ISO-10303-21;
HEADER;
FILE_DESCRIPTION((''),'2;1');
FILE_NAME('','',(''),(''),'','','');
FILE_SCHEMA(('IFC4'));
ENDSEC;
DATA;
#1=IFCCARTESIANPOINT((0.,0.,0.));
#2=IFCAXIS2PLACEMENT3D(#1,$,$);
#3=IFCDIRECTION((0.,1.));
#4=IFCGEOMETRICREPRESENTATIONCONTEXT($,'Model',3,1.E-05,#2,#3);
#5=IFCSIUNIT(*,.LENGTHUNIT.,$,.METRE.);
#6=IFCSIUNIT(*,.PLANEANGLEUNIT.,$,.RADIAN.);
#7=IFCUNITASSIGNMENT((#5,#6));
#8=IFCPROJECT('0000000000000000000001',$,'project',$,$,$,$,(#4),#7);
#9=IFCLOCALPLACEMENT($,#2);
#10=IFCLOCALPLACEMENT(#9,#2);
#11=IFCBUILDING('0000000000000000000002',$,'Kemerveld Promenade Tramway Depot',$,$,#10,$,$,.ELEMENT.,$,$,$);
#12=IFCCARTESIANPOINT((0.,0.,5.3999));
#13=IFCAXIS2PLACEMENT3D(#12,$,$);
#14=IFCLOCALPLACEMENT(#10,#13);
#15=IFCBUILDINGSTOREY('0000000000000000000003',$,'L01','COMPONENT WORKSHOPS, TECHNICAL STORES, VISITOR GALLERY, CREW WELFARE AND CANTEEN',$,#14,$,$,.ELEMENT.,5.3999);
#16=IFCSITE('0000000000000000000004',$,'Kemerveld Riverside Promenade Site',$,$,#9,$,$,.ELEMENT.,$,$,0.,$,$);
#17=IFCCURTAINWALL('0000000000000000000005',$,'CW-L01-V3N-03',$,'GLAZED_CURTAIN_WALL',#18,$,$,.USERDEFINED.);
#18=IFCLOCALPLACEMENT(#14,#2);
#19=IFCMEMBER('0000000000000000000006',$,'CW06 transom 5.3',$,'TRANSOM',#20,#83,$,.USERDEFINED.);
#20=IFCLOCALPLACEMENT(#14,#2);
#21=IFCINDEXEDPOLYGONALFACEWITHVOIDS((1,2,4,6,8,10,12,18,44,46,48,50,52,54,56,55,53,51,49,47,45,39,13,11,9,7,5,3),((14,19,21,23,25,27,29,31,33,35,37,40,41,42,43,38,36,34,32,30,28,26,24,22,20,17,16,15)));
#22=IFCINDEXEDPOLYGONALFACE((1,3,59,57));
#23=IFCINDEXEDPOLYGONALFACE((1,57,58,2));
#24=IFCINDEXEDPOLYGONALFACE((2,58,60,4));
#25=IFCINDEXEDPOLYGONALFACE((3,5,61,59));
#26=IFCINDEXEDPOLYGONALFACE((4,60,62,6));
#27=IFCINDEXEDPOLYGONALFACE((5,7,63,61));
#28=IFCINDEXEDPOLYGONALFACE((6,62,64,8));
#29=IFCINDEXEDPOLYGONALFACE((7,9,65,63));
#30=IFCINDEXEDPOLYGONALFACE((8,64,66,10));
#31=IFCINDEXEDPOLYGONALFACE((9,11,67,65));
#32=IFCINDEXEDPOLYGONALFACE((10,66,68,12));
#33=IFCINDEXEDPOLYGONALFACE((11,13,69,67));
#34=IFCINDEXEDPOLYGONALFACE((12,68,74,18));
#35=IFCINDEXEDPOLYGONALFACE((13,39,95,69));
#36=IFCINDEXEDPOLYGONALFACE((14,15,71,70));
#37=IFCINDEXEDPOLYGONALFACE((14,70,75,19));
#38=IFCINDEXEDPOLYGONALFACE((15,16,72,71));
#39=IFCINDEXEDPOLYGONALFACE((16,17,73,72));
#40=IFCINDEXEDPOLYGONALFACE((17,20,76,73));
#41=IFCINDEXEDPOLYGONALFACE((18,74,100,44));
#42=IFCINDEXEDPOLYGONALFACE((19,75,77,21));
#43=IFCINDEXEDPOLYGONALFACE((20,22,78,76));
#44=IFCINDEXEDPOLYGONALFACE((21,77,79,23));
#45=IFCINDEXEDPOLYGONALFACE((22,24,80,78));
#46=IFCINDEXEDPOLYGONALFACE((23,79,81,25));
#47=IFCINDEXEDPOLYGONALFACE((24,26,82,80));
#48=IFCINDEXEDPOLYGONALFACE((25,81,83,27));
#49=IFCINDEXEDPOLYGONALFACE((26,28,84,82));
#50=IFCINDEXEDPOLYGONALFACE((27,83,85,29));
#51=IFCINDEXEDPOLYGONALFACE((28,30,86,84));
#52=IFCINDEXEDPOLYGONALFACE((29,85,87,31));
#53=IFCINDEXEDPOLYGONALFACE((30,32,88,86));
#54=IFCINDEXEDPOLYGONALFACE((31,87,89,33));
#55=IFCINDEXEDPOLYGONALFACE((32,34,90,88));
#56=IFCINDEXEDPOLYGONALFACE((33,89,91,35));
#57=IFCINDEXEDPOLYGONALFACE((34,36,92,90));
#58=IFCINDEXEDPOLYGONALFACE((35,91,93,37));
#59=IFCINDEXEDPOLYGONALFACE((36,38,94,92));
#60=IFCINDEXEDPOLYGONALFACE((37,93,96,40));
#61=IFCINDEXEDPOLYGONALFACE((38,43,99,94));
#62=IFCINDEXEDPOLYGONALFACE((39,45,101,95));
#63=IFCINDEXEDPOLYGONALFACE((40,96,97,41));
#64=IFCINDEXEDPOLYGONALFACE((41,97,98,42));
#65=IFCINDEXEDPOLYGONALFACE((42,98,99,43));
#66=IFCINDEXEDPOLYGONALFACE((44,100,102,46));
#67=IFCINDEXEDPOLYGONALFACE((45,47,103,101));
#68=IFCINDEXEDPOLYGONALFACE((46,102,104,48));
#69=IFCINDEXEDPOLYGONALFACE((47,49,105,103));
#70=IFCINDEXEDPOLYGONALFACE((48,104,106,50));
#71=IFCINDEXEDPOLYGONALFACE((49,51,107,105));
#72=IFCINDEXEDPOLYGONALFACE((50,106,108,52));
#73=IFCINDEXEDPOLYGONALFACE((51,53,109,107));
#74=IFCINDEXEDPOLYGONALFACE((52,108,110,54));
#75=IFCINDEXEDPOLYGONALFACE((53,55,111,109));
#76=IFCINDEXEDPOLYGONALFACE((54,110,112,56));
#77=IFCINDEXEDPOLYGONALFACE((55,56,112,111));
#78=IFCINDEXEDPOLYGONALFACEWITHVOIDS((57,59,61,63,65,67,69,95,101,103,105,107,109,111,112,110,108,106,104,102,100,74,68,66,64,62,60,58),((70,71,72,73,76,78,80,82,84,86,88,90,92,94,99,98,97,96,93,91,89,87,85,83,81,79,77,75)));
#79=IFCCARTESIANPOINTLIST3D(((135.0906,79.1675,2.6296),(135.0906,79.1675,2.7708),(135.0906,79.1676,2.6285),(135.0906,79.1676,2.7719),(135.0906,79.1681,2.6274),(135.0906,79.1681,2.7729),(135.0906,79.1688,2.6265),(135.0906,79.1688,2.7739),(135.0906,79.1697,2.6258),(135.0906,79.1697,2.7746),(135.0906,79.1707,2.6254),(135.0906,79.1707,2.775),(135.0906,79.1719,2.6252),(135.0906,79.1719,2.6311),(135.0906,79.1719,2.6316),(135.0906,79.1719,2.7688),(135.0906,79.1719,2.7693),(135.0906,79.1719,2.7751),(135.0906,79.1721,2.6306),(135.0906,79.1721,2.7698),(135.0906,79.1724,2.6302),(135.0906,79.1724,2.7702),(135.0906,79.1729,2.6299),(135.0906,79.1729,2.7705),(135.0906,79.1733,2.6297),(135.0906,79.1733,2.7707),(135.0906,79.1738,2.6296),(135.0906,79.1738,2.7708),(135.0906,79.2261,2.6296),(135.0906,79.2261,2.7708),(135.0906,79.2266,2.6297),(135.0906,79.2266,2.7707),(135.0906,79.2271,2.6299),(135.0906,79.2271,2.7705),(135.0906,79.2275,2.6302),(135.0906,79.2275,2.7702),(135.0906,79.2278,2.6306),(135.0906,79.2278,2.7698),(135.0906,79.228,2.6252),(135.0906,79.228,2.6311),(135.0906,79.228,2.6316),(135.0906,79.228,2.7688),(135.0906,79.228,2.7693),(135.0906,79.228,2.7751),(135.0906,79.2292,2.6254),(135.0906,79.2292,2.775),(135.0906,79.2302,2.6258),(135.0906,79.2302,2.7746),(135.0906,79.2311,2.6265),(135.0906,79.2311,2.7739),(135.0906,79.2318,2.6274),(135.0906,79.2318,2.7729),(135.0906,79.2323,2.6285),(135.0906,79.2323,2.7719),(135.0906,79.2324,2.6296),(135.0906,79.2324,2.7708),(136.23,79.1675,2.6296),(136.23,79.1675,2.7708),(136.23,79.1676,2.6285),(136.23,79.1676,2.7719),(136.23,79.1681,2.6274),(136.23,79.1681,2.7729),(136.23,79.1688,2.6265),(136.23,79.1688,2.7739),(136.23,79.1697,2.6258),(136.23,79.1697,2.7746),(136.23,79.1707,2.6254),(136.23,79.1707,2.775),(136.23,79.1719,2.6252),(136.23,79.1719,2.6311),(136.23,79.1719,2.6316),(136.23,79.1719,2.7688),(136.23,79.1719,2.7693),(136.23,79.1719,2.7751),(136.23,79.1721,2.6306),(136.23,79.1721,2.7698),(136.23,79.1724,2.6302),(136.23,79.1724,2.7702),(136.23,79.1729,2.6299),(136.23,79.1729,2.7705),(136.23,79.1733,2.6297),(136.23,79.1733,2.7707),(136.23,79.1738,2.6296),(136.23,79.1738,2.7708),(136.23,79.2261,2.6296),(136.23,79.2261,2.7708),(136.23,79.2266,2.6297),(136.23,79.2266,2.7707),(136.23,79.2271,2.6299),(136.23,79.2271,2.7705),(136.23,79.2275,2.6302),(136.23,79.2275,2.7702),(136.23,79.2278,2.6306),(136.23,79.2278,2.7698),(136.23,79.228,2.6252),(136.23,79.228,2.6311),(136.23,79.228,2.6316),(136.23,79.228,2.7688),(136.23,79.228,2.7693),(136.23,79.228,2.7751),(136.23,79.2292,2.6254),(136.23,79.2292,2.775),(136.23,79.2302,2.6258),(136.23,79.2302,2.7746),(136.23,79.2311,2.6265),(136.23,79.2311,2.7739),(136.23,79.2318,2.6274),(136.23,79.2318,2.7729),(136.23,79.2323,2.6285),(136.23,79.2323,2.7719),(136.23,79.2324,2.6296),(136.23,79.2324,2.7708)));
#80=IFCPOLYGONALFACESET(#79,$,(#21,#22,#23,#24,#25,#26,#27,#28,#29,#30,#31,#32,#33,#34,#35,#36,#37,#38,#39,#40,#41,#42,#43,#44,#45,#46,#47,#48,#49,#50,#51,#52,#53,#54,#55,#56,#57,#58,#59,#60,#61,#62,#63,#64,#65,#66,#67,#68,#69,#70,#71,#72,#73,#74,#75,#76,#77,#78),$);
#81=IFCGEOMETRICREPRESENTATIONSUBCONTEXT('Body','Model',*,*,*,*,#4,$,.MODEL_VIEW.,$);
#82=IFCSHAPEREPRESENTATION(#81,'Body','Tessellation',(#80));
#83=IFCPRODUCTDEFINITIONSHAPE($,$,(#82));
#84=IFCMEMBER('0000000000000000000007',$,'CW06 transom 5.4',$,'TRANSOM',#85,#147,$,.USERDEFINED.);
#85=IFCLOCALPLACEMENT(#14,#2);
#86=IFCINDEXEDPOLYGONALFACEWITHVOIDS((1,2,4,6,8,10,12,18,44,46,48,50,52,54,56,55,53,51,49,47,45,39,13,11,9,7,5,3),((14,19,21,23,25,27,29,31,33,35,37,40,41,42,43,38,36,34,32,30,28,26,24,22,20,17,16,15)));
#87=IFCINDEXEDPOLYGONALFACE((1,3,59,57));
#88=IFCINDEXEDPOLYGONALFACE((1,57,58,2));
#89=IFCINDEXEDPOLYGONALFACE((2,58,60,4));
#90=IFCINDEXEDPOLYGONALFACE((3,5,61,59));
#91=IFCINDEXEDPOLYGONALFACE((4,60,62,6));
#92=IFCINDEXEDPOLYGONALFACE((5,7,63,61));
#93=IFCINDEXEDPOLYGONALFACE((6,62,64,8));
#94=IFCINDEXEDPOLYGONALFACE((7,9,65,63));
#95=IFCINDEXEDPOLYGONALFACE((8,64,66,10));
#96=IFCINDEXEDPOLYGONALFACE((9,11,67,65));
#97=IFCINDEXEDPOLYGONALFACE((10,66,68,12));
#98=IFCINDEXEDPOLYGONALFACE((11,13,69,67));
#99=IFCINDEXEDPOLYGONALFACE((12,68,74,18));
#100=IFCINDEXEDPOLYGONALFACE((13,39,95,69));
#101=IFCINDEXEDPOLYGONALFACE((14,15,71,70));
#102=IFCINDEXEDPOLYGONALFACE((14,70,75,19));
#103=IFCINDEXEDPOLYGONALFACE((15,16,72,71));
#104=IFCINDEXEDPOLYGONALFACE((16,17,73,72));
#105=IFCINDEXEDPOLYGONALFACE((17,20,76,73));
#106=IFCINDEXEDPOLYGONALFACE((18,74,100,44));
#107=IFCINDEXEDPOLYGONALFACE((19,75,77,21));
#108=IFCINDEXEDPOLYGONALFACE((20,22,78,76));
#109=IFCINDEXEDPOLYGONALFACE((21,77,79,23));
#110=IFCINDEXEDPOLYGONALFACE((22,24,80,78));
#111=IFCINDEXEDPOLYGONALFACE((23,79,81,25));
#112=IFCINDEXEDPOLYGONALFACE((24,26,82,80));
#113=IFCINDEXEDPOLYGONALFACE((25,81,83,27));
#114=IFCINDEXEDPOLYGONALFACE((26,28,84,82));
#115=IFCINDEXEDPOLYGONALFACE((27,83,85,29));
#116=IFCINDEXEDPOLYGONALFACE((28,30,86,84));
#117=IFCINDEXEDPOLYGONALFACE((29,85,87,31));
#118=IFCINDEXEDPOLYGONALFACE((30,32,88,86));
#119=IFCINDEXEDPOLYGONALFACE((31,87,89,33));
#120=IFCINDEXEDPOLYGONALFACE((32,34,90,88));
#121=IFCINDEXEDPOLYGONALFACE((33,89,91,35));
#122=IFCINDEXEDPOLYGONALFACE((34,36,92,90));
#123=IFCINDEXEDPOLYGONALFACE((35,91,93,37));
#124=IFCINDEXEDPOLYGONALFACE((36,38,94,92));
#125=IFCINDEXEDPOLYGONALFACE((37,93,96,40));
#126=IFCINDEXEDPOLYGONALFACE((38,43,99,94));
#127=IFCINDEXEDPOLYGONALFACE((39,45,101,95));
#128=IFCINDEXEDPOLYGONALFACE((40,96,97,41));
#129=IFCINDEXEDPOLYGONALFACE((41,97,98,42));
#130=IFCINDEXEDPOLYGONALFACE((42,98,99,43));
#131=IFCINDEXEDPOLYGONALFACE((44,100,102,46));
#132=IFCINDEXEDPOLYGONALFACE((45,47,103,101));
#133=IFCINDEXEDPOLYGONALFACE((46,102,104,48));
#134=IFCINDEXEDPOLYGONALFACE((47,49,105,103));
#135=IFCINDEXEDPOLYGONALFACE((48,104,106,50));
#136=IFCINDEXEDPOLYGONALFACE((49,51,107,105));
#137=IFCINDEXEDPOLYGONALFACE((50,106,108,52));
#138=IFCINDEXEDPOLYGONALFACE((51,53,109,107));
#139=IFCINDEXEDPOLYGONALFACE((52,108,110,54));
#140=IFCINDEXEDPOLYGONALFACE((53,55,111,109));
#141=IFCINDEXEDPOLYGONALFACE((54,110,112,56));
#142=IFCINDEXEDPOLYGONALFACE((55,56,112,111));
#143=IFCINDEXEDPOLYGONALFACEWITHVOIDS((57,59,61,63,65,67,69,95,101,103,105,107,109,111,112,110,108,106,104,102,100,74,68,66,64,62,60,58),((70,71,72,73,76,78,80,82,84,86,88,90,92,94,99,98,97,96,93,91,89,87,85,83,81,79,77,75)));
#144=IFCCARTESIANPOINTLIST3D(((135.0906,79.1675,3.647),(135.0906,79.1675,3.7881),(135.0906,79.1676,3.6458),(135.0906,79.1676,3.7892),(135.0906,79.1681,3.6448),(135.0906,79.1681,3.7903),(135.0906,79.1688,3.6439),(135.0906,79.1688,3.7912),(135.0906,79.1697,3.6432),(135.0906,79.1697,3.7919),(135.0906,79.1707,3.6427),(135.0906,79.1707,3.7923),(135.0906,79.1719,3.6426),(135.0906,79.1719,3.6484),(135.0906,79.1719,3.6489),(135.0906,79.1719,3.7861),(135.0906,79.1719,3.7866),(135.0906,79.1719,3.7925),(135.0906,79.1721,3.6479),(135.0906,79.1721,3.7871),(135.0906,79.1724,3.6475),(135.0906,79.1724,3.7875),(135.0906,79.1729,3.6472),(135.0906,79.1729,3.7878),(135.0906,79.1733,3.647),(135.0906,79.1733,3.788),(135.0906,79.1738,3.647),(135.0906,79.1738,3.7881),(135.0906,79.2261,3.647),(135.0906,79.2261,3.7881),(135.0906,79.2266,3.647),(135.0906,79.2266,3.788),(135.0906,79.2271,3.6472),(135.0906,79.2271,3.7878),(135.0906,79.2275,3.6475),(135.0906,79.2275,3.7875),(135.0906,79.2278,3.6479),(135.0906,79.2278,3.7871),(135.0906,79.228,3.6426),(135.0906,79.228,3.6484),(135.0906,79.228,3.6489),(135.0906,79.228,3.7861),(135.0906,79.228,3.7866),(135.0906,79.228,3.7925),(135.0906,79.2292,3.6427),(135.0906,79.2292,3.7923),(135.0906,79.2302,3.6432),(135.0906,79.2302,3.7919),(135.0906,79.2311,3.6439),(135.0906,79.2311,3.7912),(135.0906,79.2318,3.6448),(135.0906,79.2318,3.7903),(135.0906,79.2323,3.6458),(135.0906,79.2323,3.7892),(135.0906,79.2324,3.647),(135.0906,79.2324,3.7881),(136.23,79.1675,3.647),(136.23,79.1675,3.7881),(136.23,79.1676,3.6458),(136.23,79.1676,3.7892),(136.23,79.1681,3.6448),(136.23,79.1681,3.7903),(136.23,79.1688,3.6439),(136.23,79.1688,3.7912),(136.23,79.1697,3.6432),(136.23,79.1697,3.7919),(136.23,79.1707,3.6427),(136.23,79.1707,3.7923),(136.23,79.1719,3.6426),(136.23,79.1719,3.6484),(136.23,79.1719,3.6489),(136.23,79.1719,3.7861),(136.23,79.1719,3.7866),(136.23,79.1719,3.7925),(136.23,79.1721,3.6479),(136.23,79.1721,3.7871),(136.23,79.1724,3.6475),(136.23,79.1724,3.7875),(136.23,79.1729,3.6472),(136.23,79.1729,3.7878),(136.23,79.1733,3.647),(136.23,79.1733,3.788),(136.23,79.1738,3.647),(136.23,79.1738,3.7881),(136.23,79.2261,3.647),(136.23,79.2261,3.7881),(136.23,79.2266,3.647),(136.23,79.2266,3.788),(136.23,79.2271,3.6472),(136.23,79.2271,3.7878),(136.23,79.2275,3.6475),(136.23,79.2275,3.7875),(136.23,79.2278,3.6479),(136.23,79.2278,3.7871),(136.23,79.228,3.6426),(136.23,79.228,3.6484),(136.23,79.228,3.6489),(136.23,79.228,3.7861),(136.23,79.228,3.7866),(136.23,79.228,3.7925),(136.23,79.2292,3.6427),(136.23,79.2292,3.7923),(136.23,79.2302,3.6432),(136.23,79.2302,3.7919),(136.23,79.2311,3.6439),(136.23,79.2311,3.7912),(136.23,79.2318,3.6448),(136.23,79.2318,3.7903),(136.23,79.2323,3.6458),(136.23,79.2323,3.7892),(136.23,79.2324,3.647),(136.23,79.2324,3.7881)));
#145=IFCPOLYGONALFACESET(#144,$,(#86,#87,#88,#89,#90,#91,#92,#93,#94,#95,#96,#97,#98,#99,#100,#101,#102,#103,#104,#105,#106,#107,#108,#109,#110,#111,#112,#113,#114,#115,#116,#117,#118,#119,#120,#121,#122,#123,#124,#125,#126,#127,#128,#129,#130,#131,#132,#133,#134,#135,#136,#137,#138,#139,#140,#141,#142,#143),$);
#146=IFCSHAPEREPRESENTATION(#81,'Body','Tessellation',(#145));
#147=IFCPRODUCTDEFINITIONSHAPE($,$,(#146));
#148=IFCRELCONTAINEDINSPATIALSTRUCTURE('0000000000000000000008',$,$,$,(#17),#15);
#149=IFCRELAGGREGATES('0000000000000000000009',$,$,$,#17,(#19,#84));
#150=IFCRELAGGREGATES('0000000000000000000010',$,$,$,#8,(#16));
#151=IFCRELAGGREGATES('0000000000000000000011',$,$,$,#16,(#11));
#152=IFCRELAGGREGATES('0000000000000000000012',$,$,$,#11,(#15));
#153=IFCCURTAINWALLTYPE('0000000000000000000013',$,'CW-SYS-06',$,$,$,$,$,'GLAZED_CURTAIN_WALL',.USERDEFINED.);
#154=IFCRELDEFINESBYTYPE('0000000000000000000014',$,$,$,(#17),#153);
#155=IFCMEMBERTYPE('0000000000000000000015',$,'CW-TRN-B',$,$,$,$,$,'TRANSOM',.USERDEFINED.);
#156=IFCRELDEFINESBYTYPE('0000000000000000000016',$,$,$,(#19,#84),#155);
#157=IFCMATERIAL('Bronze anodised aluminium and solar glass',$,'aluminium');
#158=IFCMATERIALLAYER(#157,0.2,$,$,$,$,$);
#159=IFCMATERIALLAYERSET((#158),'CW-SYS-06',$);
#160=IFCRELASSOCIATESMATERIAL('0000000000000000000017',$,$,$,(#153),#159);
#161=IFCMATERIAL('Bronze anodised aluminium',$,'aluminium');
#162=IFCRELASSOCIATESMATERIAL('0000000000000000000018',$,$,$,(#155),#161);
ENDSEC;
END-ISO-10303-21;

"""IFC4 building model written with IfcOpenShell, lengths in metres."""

from ifc_helpers import new_model, si_unit, direction, frame, origin, origin_2d, place, context, subcontext, project, spatial, hollow_rectangle, extrude, material, layer, layer_set, material_profile, profile_set, type_object, element, aggregate, save


model = new_model("IFC4")

# Units and contexts
model_context = context("Model", 3, precision=1e-05, world=origin(), true_north=direction((0.0, 1.0)))
body_context = subcontext(model_context, "Body", "Model", "MODEL_VIEW")
ifc_project = project(units=[si_unit("LENGTHUNIT", "METRE"), si_unit("PLANEANGLEUNIT", "RADIAN")], contexts=[model_context])

# Site, building, storey
site_placement = place(None, origin())
site = spatial("IfcSite", under=ifc_project, at=site_placement, Name="Kemerveld Riverside Promenade Site", CompositionType="ELEMENT", RefElevation=0.0)
building_placement = place(site_placement, origin())
building = spatial("IfcBuilding", under=site, at=building_placement, Name="Kemerveld Promenade Tramway Depot", CompositionType="ELEMENT")
storey_placement = place(building_placement, frame((0.0, 0.0, 5.3999)))
storey = spatial("IfcBuildingStorey", under=building, at=storey_placement, Name="L01", Description="COMPONENT WORKSHOPS, TECHNICAL STORES, VISITOR GALLERY, CREW WELFARE AND CANTEEN", CompositionType="ELEMENT", Elevation=5.3999)

# Curtain wall
ifc_material_1 = material(Name="Bronze anodised aluminium and solar glass", Category="aluminium")
ifc_layer_1 = layer(ifc_material_1, 0.2)
ifc_layer_set_1 = layer_set([ifc_layer_1], Name="CW-SYS-06")
curtain_wall_type_1 = type_object("IfcCurtainWallType", Name="CW-SYS-06", ElementType="GLAZED_CURTAIN_WALL", PredefinedType="USERDEFINED", material=ifc_layer_set_1)
curtain_wall_1_placement = place(storey_placement, origin())
curtain_wall_1 = element("IfcCurtainWall", 1, at=curtain_wall_1_placement, inside=storey, type_object=curtain_wall_type_1, Name="CW-L01-V3N-03", ObjectType="GLAZED_CURTAIN_WALL", PredefinedType="USERDEFINED")
ifc_material_2 = material(Name="Bronze anodised aluminium", Category="aluminium")

# Members
ifc_material_profile_1 = material_profile(ifc_material_2, hollow_rectangle(XDim=0.0649, YDim=0.1499, WallThickness=0.0044, InnerFilletRadius=0.002, OuterFilletRadius=0.0044, at=origin_2d()), Name="CW-TRN-150x65")
ifc_profile_set_1 = profile_set([ifc_material_profile_1], Name="Bronze anodised aluminium")
member_type_1 = type_object("IfcMemberType", Name="CW-TRN-B", ElementType="TRANSOM", PredefinedType="USERDEFINED", material=ifc_profile_set_1)
member_1_placement = place(storey_placement, frame((135.0906, 79.2, 2.7002), z_axis=(1.0, 0.0, 0.0), x_axis=(0.0, 1.0, 0.0)))
member_1 = element("IfcMember", 2, at=member_1_placement, type_object=member_type_1, Name="CW06 transom 5.3", ObjectType="TRANSOM", PredefinedType="USERDEFINED", context=body_context, shape_type="SweptSolid", body=[
    extrude(hollow_rectangle(XDim=0.0649, YDim=0.1499, WallThickness=0.0044, InnerFilletRadius=0.002, OuterFilletRadius=0.0044, at=origin_2d()), origin(), (0.0, 0.0, 1.0), 1.1394),
])
member_2_placement = place(storey_placement, frame((135.0906, 79.2, 3.7175), z_axis=(1.0, 0.0, 0.0), x_axis=(0.0, 1.0, 0.0)))
member_2 = element("IfcMember", 3, at=member_2_placement, type_object=member_type_1, Name="CW06 transom 5.4", ObjectType="TRANSOM", PredefinedType="USERDEFINED", context=body_context, shape_type="SweptSolid", body=[
    extrude(hollow_rectangle(XDim=0.0649, YDim=0.1499, WallThickness=0.0044, InnerFilletRadius=0.002, OuterFilletRadius=0.0044, at=origin_2d()), origin(), (0.0, 0.0, 1.0), 1.1394),
])

aggregate(curtain_wall_1, [member_1, member_2])

save(model, "model.ifc")
